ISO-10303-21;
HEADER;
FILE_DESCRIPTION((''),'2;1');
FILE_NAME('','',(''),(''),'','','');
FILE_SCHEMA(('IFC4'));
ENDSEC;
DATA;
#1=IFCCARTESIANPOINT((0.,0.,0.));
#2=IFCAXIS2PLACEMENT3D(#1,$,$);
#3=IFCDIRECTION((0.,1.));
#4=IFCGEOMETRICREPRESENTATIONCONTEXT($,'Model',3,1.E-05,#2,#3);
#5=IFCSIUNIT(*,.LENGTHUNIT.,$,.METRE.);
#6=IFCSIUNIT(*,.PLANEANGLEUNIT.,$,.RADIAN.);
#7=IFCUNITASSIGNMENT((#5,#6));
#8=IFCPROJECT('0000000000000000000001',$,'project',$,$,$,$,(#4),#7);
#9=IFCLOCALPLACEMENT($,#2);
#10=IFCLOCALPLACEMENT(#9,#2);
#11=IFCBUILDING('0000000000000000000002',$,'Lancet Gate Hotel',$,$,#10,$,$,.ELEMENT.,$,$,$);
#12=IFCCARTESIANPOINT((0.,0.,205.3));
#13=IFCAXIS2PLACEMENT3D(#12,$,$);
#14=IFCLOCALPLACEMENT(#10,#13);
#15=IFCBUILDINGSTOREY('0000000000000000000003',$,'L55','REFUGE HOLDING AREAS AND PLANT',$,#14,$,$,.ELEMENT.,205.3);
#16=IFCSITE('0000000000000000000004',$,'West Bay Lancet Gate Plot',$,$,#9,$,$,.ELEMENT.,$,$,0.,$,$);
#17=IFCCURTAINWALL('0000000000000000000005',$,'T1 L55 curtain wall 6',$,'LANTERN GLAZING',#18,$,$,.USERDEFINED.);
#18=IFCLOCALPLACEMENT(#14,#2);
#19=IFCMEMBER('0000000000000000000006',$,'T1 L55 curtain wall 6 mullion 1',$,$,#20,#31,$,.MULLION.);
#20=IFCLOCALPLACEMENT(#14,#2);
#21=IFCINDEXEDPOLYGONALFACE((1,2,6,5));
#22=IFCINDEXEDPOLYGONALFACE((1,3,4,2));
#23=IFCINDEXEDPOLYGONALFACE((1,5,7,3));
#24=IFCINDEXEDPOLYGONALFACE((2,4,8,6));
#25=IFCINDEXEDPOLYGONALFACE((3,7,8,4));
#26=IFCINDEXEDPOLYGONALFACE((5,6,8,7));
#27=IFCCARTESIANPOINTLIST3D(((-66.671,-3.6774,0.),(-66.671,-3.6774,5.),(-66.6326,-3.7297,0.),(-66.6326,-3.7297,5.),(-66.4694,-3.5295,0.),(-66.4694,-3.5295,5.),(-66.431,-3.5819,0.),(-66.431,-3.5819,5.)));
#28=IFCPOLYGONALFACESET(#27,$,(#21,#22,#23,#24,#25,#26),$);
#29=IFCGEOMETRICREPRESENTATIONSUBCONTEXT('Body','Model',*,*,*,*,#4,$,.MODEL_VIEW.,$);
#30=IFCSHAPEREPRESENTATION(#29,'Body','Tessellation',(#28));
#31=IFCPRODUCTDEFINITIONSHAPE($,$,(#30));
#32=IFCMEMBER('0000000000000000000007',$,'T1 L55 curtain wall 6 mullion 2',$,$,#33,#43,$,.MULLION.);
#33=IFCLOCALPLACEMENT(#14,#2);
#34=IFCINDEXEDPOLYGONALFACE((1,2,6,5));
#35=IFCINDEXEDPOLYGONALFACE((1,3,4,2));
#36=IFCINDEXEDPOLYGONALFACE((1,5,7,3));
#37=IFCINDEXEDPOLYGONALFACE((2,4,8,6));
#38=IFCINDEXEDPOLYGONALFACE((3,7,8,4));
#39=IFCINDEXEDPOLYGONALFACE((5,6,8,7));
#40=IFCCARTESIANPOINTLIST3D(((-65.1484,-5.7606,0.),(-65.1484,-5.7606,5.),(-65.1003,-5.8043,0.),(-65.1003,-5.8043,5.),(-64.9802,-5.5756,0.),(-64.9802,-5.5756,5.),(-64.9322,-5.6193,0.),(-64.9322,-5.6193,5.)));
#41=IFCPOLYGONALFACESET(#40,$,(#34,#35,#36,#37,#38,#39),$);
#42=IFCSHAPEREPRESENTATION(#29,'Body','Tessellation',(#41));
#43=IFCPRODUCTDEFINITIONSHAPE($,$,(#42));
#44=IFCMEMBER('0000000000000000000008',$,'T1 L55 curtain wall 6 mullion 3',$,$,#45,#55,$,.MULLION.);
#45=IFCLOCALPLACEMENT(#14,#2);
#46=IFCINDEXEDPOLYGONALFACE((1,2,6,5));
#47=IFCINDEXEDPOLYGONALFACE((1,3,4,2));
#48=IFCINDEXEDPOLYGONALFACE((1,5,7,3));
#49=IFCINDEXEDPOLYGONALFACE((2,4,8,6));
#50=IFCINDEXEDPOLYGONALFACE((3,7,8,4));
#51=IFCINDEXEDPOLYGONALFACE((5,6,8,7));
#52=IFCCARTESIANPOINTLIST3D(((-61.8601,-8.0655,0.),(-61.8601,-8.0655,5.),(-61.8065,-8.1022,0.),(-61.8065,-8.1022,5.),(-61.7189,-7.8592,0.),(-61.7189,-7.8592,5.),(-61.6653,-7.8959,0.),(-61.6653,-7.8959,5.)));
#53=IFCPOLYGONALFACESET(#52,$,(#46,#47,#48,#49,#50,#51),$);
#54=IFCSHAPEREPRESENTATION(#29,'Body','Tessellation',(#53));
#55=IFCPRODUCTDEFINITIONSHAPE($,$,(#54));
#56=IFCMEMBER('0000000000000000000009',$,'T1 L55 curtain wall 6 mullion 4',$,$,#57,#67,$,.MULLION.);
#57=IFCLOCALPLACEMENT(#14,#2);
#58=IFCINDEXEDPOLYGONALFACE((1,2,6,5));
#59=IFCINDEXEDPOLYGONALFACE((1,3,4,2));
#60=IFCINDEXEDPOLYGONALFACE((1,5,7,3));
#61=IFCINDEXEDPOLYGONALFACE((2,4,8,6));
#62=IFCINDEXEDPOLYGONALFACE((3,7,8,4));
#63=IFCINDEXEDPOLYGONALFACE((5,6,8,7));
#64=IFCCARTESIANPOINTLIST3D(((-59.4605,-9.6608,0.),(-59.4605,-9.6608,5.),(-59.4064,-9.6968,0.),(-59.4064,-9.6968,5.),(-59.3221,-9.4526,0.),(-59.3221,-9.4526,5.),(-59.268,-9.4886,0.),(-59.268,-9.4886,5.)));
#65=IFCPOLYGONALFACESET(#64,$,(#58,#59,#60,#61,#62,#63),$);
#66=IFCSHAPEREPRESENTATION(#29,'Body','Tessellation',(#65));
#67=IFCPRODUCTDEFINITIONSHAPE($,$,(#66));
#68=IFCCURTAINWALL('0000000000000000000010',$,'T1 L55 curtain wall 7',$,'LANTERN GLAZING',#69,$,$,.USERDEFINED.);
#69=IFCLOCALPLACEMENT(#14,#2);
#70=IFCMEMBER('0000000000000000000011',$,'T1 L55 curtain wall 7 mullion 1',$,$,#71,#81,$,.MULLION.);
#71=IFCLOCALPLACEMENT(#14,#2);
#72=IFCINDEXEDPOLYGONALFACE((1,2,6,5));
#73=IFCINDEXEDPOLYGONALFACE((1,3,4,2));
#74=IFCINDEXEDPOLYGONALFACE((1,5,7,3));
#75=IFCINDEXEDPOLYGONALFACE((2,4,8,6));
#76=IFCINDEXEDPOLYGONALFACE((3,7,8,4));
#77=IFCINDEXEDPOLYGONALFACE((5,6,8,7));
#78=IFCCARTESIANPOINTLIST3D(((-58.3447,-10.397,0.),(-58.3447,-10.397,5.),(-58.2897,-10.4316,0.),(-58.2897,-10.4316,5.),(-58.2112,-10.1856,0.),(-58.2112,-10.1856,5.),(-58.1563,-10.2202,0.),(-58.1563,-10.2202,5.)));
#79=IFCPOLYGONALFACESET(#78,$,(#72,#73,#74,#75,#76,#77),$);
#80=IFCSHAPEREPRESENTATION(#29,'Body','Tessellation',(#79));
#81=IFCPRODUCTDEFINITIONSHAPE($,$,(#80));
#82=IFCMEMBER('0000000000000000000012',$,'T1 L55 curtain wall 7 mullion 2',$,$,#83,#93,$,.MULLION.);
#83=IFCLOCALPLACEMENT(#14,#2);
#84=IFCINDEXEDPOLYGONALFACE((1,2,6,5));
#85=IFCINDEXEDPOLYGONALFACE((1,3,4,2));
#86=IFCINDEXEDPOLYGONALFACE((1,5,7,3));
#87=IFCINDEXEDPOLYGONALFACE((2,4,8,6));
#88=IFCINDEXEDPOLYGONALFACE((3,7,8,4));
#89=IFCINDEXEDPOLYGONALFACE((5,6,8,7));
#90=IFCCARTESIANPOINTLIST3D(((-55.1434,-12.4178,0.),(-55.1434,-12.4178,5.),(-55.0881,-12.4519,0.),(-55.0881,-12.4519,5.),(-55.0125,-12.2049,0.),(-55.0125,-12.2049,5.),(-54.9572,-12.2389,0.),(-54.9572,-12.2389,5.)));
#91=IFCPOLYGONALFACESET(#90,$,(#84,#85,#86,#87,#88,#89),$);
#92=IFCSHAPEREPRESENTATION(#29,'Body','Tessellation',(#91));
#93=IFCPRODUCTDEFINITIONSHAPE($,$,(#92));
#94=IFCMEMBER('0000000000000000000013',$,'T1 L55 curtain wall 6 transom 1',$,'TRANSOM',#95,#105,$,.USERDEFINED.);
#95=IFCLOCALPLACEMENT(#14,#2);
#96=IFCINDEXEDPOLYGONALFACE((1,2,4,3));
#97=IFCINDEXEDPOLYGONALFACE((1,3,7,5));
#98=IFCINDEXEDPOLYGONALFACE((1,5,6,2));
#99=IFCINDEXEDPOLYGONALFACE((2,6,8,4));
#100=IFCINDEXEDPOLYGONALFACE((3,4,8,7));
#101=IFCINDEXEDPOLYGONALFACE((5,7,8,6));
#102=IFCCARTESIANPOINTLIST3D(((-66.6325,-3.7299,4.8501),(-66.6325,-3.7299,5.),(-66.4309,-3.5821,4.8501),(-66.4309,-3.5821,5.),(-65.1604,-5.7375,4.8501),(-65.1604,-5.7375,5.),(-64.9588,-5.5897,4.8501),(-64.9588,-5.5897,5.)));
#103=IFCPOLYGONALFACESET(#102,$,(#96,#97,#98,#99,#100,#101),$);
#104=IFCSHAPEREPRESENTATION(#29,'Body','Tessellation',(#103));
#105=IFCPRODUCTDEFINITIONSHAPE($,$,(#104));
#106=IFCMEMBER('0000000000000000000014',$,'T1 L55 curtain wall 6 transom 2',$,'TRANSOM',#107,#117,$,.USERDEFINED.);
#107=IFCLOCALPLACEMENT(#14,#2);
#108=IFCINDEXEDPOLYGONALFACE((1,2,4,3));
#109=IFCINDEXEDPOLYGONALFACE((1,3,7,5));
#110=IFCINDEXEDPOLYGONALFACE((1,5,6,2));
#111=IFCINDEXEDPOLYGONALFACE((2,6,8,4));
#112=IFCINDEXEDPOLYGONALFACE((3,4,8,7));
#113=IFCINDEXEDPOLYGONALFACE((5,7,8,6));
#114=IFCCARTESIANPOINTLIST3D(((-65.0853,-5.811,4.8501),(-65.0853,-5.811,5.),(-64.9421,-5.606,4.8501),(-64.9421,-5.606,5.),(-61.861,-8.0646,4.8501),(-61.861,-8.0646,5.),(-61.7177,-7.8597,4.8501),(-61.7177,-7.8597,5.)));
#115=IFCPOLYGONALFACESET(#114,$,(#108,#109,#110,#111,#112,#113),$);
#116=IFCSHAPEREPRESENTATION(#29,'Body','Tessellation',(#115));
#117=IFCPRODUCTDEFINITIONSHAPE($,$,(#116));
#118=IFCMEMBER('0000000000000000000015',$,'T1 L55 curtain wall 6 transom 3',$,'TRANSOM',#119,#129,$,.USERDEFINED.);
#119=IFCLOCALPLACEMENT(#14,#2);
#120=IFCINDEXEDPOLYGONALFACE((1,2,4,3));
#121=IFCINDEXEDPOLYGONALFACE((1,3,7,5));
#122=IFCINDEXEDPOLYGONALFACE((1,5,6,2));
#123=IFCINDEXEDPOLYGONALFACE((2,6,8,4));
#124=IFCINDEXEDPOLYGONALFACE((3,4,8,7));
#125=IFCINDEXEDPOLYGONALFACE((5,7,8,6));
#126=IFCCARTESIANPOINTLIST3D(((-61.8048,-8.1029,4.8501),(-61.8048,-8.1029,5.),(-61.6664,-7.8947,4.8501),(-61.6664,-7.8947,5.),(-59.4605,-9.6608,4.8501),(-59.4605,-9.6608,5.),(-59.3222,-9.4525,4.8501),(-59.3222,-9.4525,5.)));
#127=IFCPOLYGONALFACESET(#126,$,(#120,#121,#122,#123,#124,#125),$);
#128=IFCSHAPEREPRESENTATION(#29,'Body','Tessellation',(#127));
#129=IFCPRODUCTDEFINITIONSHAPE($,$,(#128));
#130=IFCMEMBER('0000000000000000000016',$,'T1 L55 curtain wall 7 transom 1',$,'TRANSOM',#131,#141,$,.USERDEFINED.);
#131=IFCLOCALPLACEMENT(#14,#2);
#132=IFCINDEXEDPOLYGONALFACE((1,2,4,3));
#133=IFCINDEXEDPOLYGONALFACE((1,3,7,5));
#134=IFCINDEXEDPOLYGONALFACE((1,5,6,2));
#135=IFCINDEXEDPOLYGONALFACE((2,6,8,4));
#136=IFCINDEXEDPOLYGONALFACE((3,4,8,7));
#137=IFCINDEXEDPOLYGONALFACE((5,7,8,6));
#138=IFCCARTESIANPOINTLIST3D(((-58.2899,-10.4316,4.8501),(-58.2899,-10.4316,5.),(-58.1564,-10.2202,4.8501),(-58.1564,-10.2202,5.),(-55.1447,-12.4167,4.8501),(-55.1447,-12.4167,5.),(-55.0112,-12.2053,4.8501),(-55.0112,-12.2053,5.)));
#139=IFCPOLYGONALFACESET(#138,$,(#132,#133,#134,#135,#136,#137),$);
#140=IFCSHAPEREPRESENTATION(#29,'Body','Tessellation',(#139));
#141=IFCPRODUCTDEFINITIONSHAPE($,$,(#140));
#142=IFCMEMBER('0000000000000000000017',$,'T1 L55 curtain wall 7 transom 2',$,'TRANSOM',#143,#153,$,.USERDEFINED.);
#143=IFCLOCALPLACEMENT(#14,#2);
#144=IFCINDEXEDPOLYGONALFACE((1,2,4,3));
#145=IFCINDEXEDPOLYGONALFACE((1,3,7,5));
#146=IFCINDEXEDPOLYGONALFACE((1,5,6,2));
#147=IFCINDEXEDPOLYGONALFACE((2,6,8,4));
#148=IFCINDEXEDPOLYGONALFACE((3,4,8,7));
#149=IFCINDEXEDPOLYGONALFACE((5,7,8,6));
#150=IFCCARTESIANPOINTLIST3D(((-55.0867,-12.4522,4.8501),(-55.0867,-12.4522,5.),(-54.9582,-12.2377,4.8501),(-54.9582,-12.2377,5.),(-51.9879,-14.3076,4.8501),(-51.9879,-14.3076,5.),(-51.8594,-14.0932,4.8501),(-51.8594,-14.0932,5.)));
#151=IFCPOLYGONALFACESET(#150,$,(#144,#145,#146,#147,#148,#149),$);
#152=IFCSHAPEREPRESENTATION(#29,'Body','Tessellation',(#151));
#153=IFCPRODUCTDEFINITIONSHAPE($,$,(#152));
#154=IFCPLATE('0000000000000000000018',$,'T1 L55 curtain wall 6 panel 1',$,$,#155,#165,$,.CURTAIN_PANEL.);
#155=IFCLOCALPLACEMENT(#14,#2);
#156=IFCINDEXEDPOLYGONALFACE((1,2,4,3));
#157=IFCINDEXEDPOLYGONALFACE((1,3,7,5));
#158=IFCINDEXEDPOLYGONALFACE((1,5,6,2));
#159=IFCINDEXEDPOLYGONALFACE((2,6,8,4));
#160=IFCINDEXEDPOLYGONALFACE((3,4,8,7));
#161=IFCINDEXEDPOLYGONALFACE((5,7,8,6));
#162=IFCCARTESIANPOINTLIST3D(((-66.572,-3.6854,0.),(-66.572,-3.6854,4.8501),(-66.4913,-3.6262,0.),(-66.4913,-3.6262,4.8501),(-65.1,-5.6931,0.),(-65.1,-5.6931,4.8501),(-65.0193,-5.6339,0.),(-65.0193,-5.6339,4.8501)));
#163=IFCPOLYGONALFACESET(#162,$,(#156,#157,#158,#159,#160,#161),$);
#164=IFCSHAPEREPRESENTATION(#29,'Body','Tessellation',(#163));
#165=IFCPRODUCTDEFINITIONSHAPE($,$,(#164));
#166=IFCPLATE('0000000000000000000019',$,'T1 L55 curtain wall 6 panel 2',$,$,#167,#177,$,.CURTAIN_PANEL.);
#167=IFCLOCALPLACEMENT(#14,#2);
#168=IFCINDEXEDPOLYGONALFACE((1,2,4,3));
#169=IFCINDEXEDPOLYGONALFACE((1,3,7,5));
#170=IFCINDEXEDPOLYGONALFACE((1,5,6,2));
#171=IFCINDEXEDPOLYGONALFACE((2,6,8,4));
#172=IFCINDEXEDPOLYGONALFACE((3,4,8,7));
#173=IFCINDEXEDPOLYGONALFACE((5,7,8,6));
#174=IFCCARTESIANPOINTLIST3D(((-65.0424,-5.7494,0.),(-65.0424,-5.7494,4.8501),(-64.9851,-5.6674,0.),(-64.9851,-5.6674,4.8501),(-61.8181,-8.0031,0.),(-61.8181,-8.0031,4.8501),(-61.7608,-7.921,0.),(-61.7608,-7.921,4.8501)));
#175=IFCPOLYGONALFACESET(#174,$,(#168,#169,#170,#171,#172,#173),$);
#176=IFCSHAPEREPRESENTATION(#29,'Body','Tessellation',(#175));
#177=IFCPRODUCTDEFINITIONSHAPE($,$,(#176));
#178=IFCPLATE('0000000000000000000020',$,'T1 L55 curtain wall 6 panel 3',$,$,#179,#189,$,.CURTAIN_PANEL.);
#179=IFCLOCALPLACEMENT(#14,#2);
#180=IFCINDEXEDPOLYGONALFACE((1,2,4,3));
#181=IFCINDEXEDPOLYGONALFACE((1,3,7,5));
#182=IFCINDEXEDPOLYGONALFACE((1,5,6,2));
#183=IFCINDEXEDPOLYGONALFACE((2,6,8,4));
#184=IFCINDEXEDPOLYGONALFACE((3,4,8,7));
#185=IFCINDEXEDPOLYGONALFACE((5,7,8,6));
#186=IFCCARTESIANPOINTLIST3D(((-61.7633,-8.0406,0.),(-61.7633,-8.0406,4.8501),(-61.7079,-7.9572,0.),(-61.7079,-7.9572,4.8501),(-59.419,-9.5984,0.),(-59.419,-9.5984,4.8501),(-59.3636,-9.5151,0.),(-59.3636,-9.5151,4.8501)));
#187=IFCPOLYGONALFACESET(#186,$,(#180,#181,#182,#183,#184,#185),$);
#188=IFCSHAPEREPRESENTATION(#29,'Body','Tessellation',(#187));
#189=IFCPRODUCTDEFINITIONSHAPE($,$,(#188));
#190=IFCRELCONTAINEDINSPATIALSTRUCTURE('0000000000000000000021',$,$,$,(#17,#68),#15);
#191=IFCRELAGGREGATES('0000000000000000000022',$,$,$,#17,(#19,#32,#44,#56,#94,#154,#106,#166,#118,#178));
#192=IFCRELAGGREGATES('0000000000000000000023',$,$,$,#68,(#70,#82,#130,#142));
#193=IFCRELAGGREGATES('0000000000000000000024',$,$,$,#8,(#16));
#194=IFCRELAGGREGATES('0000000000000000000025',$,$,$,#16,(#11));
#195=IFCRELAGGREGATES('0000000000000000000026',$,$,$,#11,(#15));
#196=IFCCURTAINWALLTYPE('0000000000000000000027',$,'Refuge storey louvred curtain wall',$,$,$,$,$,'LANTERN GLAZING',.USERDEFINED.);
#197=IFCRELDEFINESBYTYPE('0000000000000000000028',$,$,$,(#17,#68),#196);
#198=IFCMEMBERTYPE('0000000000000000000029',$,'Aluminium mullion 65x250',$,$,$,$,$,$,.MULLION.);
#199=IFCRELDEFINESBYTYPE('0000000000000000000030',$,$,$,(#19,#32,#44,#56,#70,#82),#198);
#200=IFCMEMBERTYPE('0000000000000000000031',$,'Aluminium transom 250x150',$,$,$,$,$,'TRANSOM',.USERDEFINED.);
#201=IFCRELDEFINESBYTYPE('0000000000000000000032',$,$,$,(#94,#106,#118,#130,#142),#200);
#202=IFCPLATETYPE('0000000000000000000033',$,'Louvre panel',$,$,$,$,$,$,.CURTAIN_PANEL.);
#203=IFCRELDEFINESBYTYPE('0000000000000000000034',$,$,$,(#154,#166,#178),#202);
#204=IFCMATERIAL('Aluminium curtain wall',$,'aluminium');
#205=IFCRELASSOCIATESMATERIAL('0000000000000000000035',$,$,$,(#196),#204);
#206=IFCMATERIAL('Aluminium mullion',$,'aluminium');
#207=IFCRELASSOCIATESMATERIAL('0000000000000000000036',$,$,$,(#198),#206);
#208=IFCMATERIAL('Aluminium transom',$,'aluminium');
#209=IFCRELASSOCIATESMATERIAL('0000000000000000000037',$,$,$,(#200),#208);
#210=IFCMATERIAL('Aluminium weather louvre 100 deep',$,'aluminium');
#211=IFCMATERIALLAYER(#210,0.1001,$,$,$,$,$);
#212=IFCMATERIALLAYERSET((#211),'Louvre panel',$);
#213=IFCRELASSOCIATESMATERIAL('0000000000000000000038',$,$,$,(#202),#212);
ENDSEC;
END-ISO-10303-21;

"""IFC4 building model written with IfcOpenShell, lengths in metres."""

from ifc_helpers import new_model, si_unit, direction, frame, origin, origin_2d, place, context, subcontext, project, spatial, rectangle, extrude, material, layer, layer_set, material_profile, profile_set, type_object, element, aggregate, save


model = new_model("IFC4")

# Units and contexts
model_context = context("Model", 3, precision=1e-05, world=origin(), true_north=direction((0.0, 1.0)))
body_context = subcontext(model_context, "Body", "Model", "MODEL_VIEW")
ifc_project = project(units=[si_unit("LENGTHUNIT", "METRE"), si_unit("PLANEANGLEUNIT", "RADIAN")], contexts=[model_context])

# Site, building, storey
site_placement = place(None, origin())
site = spatial("IfcSite", under=ifc_project, at=site_placement, Name="West Bay Lancet Gate Plot", CompositionType="ELEMENT", RefElevation=0.0)
building_placement = place(site_placement, origin())
building = spatial("IfcBuilding", under=site, at=building_placement, Name="Lancet Gate Hotel", CompositionType="ELEMENT")
storey_placement = place(building_placement, frame((0.0, 0.0, 205.3)))
storey = spatial("IfcBuildingStorey", under=building, at=storey_placement, Name="L55", Description="REFUGE HOLDING AREAS AND PLANT", CompositionType="ELEMENT", Elevation=205.3)

# Curtain walls, members
ifc_material_1 = material(Name="Aluminium curtain wall", Category="aluminium")
curtain_wall_type = type_object("IfcCurtainWallType", Name="Refuge storey louvred curtain wall", ElementType="LANTERN GLAZING", PredefinedType="USERDEFINED", material=ifc_material_1)
curtain_wall_1_placement = place(storey_placement, origin())
curtain_wall_1 = element("IfcCurtainWall", 1, at=curtain_wall_1_placement, inside=storey, type_object=curtain_wall_type, Name="T1 L55 curtain wall 6", ObjectType="LANTERN GLAZING", PredefinedType="USERDEFINED")
ifc_material_2 = material(Name="Aluminium mullion", Category="aluminium")
ifc_material_profile_1 = material_profile(ifc_material_2, rectangle(XDim=0.0649, YDim=0.25, at=origin_2d()), Name="MULLION 65x250")
ifc_profile_set_1 = profile_set([ifc_material_profile_1], Name="Aluminium mullion")
member_type_1 = type_object("IfcMemberType", Name="Aluminium mullion 65x250", PredefinedType="MULLION", material=ifc_profile_set_1)
member_1_placement = place(storey_placement, frame((-66.551, -3.6296, 0.0), z_axis=(0.0, 0.0, 1.0), x_axis=(0.5913, -0.806452, 0.0)))
member_1 = element("IfcMember", 2, at=member_1_placement, type_object=member_type_1, Name="T1 L55 curtain wall 6 mullion 1", PredefinedType="MULLION", context=body_context, shape_type="SweptSolid", body=[
    extrude(rectangle(XDim=0.0649, YDim=0.25, at=origin_2d()), origin(), (0.0, 0.0, 1.0), 5.0),
])
member_2_placement = place(storey_placement, frame((-65.0403, -5.6899, 0.0), z_axis=(0.0, 0.0, 1.0), x_axis=(0.740077, -0.672522, 0.0)))
member_2 = element("IfcMember", 3, at=member_2_placement, type_object=member_type_1, Name="T1 L55 curtain wall 6 mullion 2", PredefinedType="MULLION", context=body_context, shape_type="SweptSolid", body=[
    extrude(rectangle(XDim=0.0649, YDim=0.25, at=origin_2d()), origin(), (0.0, 0.0, 1.0), 5.0),
])
member_3_placement = place(storey_placement, frame((-61.7627, -7.9807, 0.0), z_axis=(0.0, 0.0, 1.0), x_axis=(0.825233, -0.564793, 0.0)))
member_3 = element("IfcMember", 4, at=member_3_placement, type_object=member_type_1, Name="T1 L55 curtain wall 6 mullion 3", PredefinedType="MULLION", context=body_context, shape_type="SweptSolid", body=[
    extrude(rectangle(XDim=0.0649, YDim=0.25, at=origin_2d()), origin(), (0.0, 0.0, 1.0), 5.0),
])
member_4_placement = place(storey_placement, frame((-59.3643, -9.5747, 0.0), z_axis=(0.0, 0.0, 1.0), x_axis=(0.832879, -0.553455, 0.0)))
member_4 = element("IfcMember", 5, at=member_4_placement, type_object=member_type_1, Name="T1 L55 curtain wall 6 mullion 4", PredefinedType="MULLION", context=body_context, shape_type="SweptSolid", body=[
    extrude(rectangle(XDim=0.0649, YDim=0.25, at=origin_2d()), origin(), (0.0, 0.0, 1.0), 5.0),
])
curtain_wall_2_placement = place(storey_placement, origin())
curtain_wall_2 = element("IfcCurtainWall", 6, at=curtain_wall_2_placement, inside=storey, type_object=curtain_wall_type, Name="T1 L55 curtain wall 7", ObjectType="LANTERN GLAZING", PredefinedType="USERDEFINED")
member_5_placement = place(storey_placement, frame((-58.2505, -10.3086, 0.0), z_axis=(0.0, 0.0, 1.0), x_axis=(0.845667, -0.533711, 0.0)))
member_5 = element("IfcMember", 7, at=member_5_placement, type_object=member_type_1, Name="T1 L55 curtain wall 7 mullion 1", PredefinedType="MULLION", context=body_context, shape_type="SweptSolid", body=[
    extrude(rectangle(XDim=0.0649, YDim=0.25, at=origin_2d()), origin(), (0.0, 0.0, 1.0), 5.0),
])
member_6_placement = place(storey_placement, frame((-55.0503, -12.3284, 0.0), z_axis=(0.0, 0.0, 1.0), x_axis=(0.851797, -0.523872, 0.0)))
member_6 = element("IfcMember", 8, at=member_6_placement, type_object=member_type_1, Name="T1 L55 curtain wall 7 mullion 2", PredefinedType="MULLION", context=body_context, shape_type="SweptSolid", body=[
    extrude(rectangle(XDim=0.0649, YDim=0.25, at=origin_2d()), origin(), (0.0, 0.0, 1.0), 5.0),
])

# Members
ifc_material_3 = material(Name="Aluminium transom", Category="aluminium")
ifc_material_profile_2 = material_profile(ifc_material_3, rectangle(XDim=0.25, YDim=0.1499, at=origin_2d()), Name="TRANSOM 250x150")
ifc_profile_set_2 = profile_set([ifc_material_profile_2], Name="Aluminium transom")
member_type_2 = type_object("IfcMemberType", Name="Aluminium transom 250x150", ElementType="TRANSOM", PredefinedType="USERDEFINED", material=ifc_profile_set_2)
member_7_placement = place(storey_placement, frame((-66.5317, -3.656, 4.925), z_axis=(0.591351, -0.806414, 0.0), x_axis=(0.806414, 0.591351, 0.0)))
member_7 = element("IfcMember", 9, at=member_7_placement, type_object=member_type_2, Name="T1 L55 curtain wall 6 transom 1", ObjectType="TRANSOM", PredefinedType="USERDEFINED", context=body_context, shape_type="SweptSolid", body=[
    extrude(rectangle(XDim=0.25, YDim=0.1499, at=origin_2d()), origin(), (0.0, 0.0, 1.0), 2.4895),
])
member_8_placement = place(storey_placement, frame((-65.0137, -5.7085, 4.925), z_axis=(0.819637, -0.572883, 0.0), x_axis=(0.572883, 0.819637, 0.0)))
member_8 = element("IfcMember", 10, at=member_8_placement, type_object=member_type_2, Name="T1 L55 curtain wall 6 transom 2", ObjectType="TRANSOM", PredefinedType="USERDEFINED", context=body_context, shape_type="SweptSolid", body=[
    extrude(rectangle(XDim=0.25, YDim=0.1499, at=origin_2d()), origin(), (0.0, 0.0, 1.0), 3.9338),
])
member_9_placement = place(storey_placement, frame((-61.7356, -7.9988, 4.925), z_axis=(0.832863, -0.553479, 0.0), x_axis=(0.553479, 0.832863, 0.0)))
member_9 = element("IfcMember", 11, at=member_9_placement, type_object=member_type_2, Name="T1 L55 curtain wall 6 transom 3", ObjectType="TRANSOM", PredefinedType="USERDEFINED", context=body_context, shape_type="SweptSolid", body=[
    extrude(rectangle(XDim=0.25, YDim=0.1499, at=origin_2d()), origin(), (0.0, 0.0, 1.0), 2.8147),
])
member_10_placement = place(storey_placement, frame((-58.2231, -10.3259, 4.925), z_axis=(0.845656, -0.533729, 0.0), x_axis=(0.533729, 0.845656, 0.0)))
member_10 = element("IfcMember", 12, at=member_10_placement, type_object=member_type_2, Name="T1 L55 curtain wall 7 transom 1", ObjectType="TRANSOM", PredefinedType="USERDEFINED", context=body_context, shape_type="SweptSolid", body=[
    extrude(rectangle(XDim=0.25, YDim=0.1499, at=origin_2d()), origin(), (0.0, 0.0, 1.0), 3.7192),
])
member_11_placement = place(storey_placement, frame((-55.0225, -12.345, 4.925), z_axis=(0.857964, -0.51371, 0.0), x_axis=(0.51371, 0.857964, 0.0)))
member_11 = element("IfcMember", 13, at=member_11_placement, type_object=member_type_2, Name="T1 L55 curtain wall 7 transom 2", ObjectType="TRANSOM", PredefinedType="USERDEFINED", context=body_context, shape_type="SweptSolid", body=[
    extrude(rectangle(XDim=0.25, YDim=0.1499, at=origin_2d()), origin(), (0.0, 0.0, 1.0), 3.6118),
])

# Plates
ifc_material_4 = material(Name="Aluminium weather louvre 100 deep", Category="aluminium")
ifc_layer_1 = layer(ifc_material_4, 0.1001)
ifc_layer_set_1 = layer_set([ifc_layer_1], Name="Louvre panel")
plate_type = type_object("IfcPlateType", Name="Louvre panel", PredefinedType="CURTAIN_PANEL", material=ifc_layer_set_1)
plate_1_placement = place(storey_placement, frame((-65.7957, -4.6597, 0.0), z_axis=(0.0, 0.0, 1.0), x_axis=(0.5913, -0.806452, 0.0)))
plate_1 = element("IfcPlate", 14, at=plate_1_placement, type_object=plate_type, Name="T1 L55 curtain wall 6 panel 1", PredefinedType="CURTAIN_PANEL", context=body_context, shape_type="SweptSolid", body=[
    extrude(rectangle(XDim=2.4895, YDim=0.1001, at=origin_2d()), origin(), (0.0, 0.0, 1.0), 4.8501),
])
plate_2_placement = place(storey_placement, frame((-63.4016, -6.8352, 0.0), z_axis=(0.0, 0.0, 1.0), x_axis=(0.819631, -0.572892, 0.0)))
plate_2 = element("IfcPlate", 15, at=plate_2_placement, type_object=plate_type, Name="T1 L55 curtain wall 6 panel 2", PredefinedType="CURTAIN_PANEL", context=body_context, shape_type="SweptSolid", body=[
    extrude(rectangle(XDim=3.9338, YDim=0.1001, at=origin_2d()), origin(), (0.0, 0.0, 1.0), 4.8501),
])
plate_3_placement = place(storey_placement, frame((-60.5635, -8.7778, 0.0), z_axis=(0.0, 0.0, 1.0), x_axis=(0.832879, -0.553455, 0.0)))
plate_3 = element("IfcPlate", 16, at=plate_3_placement, type_object=plate_type, Name="T1 L55 curtain wall 6 panel 3", PredefinedType="CURTAIN_PANEL", context=body_context, shape_type="SweptSolid", body=[
    extrude(rectangle(XDim=2.8147, YDim=0.1001, at=origin_2d()), origin(), (0.0, 0.0, 1.0), 4.8501),
])
aggregate(curtain_wall_1, [member_1, member_2, member_3, member_4, member_7, plate_1, member_8, plate_2, member_9, plate_3])
aggregate(curtain_wall_2, [member_5, member_6, member_10, member_11])

save(model, "model.ifc")
